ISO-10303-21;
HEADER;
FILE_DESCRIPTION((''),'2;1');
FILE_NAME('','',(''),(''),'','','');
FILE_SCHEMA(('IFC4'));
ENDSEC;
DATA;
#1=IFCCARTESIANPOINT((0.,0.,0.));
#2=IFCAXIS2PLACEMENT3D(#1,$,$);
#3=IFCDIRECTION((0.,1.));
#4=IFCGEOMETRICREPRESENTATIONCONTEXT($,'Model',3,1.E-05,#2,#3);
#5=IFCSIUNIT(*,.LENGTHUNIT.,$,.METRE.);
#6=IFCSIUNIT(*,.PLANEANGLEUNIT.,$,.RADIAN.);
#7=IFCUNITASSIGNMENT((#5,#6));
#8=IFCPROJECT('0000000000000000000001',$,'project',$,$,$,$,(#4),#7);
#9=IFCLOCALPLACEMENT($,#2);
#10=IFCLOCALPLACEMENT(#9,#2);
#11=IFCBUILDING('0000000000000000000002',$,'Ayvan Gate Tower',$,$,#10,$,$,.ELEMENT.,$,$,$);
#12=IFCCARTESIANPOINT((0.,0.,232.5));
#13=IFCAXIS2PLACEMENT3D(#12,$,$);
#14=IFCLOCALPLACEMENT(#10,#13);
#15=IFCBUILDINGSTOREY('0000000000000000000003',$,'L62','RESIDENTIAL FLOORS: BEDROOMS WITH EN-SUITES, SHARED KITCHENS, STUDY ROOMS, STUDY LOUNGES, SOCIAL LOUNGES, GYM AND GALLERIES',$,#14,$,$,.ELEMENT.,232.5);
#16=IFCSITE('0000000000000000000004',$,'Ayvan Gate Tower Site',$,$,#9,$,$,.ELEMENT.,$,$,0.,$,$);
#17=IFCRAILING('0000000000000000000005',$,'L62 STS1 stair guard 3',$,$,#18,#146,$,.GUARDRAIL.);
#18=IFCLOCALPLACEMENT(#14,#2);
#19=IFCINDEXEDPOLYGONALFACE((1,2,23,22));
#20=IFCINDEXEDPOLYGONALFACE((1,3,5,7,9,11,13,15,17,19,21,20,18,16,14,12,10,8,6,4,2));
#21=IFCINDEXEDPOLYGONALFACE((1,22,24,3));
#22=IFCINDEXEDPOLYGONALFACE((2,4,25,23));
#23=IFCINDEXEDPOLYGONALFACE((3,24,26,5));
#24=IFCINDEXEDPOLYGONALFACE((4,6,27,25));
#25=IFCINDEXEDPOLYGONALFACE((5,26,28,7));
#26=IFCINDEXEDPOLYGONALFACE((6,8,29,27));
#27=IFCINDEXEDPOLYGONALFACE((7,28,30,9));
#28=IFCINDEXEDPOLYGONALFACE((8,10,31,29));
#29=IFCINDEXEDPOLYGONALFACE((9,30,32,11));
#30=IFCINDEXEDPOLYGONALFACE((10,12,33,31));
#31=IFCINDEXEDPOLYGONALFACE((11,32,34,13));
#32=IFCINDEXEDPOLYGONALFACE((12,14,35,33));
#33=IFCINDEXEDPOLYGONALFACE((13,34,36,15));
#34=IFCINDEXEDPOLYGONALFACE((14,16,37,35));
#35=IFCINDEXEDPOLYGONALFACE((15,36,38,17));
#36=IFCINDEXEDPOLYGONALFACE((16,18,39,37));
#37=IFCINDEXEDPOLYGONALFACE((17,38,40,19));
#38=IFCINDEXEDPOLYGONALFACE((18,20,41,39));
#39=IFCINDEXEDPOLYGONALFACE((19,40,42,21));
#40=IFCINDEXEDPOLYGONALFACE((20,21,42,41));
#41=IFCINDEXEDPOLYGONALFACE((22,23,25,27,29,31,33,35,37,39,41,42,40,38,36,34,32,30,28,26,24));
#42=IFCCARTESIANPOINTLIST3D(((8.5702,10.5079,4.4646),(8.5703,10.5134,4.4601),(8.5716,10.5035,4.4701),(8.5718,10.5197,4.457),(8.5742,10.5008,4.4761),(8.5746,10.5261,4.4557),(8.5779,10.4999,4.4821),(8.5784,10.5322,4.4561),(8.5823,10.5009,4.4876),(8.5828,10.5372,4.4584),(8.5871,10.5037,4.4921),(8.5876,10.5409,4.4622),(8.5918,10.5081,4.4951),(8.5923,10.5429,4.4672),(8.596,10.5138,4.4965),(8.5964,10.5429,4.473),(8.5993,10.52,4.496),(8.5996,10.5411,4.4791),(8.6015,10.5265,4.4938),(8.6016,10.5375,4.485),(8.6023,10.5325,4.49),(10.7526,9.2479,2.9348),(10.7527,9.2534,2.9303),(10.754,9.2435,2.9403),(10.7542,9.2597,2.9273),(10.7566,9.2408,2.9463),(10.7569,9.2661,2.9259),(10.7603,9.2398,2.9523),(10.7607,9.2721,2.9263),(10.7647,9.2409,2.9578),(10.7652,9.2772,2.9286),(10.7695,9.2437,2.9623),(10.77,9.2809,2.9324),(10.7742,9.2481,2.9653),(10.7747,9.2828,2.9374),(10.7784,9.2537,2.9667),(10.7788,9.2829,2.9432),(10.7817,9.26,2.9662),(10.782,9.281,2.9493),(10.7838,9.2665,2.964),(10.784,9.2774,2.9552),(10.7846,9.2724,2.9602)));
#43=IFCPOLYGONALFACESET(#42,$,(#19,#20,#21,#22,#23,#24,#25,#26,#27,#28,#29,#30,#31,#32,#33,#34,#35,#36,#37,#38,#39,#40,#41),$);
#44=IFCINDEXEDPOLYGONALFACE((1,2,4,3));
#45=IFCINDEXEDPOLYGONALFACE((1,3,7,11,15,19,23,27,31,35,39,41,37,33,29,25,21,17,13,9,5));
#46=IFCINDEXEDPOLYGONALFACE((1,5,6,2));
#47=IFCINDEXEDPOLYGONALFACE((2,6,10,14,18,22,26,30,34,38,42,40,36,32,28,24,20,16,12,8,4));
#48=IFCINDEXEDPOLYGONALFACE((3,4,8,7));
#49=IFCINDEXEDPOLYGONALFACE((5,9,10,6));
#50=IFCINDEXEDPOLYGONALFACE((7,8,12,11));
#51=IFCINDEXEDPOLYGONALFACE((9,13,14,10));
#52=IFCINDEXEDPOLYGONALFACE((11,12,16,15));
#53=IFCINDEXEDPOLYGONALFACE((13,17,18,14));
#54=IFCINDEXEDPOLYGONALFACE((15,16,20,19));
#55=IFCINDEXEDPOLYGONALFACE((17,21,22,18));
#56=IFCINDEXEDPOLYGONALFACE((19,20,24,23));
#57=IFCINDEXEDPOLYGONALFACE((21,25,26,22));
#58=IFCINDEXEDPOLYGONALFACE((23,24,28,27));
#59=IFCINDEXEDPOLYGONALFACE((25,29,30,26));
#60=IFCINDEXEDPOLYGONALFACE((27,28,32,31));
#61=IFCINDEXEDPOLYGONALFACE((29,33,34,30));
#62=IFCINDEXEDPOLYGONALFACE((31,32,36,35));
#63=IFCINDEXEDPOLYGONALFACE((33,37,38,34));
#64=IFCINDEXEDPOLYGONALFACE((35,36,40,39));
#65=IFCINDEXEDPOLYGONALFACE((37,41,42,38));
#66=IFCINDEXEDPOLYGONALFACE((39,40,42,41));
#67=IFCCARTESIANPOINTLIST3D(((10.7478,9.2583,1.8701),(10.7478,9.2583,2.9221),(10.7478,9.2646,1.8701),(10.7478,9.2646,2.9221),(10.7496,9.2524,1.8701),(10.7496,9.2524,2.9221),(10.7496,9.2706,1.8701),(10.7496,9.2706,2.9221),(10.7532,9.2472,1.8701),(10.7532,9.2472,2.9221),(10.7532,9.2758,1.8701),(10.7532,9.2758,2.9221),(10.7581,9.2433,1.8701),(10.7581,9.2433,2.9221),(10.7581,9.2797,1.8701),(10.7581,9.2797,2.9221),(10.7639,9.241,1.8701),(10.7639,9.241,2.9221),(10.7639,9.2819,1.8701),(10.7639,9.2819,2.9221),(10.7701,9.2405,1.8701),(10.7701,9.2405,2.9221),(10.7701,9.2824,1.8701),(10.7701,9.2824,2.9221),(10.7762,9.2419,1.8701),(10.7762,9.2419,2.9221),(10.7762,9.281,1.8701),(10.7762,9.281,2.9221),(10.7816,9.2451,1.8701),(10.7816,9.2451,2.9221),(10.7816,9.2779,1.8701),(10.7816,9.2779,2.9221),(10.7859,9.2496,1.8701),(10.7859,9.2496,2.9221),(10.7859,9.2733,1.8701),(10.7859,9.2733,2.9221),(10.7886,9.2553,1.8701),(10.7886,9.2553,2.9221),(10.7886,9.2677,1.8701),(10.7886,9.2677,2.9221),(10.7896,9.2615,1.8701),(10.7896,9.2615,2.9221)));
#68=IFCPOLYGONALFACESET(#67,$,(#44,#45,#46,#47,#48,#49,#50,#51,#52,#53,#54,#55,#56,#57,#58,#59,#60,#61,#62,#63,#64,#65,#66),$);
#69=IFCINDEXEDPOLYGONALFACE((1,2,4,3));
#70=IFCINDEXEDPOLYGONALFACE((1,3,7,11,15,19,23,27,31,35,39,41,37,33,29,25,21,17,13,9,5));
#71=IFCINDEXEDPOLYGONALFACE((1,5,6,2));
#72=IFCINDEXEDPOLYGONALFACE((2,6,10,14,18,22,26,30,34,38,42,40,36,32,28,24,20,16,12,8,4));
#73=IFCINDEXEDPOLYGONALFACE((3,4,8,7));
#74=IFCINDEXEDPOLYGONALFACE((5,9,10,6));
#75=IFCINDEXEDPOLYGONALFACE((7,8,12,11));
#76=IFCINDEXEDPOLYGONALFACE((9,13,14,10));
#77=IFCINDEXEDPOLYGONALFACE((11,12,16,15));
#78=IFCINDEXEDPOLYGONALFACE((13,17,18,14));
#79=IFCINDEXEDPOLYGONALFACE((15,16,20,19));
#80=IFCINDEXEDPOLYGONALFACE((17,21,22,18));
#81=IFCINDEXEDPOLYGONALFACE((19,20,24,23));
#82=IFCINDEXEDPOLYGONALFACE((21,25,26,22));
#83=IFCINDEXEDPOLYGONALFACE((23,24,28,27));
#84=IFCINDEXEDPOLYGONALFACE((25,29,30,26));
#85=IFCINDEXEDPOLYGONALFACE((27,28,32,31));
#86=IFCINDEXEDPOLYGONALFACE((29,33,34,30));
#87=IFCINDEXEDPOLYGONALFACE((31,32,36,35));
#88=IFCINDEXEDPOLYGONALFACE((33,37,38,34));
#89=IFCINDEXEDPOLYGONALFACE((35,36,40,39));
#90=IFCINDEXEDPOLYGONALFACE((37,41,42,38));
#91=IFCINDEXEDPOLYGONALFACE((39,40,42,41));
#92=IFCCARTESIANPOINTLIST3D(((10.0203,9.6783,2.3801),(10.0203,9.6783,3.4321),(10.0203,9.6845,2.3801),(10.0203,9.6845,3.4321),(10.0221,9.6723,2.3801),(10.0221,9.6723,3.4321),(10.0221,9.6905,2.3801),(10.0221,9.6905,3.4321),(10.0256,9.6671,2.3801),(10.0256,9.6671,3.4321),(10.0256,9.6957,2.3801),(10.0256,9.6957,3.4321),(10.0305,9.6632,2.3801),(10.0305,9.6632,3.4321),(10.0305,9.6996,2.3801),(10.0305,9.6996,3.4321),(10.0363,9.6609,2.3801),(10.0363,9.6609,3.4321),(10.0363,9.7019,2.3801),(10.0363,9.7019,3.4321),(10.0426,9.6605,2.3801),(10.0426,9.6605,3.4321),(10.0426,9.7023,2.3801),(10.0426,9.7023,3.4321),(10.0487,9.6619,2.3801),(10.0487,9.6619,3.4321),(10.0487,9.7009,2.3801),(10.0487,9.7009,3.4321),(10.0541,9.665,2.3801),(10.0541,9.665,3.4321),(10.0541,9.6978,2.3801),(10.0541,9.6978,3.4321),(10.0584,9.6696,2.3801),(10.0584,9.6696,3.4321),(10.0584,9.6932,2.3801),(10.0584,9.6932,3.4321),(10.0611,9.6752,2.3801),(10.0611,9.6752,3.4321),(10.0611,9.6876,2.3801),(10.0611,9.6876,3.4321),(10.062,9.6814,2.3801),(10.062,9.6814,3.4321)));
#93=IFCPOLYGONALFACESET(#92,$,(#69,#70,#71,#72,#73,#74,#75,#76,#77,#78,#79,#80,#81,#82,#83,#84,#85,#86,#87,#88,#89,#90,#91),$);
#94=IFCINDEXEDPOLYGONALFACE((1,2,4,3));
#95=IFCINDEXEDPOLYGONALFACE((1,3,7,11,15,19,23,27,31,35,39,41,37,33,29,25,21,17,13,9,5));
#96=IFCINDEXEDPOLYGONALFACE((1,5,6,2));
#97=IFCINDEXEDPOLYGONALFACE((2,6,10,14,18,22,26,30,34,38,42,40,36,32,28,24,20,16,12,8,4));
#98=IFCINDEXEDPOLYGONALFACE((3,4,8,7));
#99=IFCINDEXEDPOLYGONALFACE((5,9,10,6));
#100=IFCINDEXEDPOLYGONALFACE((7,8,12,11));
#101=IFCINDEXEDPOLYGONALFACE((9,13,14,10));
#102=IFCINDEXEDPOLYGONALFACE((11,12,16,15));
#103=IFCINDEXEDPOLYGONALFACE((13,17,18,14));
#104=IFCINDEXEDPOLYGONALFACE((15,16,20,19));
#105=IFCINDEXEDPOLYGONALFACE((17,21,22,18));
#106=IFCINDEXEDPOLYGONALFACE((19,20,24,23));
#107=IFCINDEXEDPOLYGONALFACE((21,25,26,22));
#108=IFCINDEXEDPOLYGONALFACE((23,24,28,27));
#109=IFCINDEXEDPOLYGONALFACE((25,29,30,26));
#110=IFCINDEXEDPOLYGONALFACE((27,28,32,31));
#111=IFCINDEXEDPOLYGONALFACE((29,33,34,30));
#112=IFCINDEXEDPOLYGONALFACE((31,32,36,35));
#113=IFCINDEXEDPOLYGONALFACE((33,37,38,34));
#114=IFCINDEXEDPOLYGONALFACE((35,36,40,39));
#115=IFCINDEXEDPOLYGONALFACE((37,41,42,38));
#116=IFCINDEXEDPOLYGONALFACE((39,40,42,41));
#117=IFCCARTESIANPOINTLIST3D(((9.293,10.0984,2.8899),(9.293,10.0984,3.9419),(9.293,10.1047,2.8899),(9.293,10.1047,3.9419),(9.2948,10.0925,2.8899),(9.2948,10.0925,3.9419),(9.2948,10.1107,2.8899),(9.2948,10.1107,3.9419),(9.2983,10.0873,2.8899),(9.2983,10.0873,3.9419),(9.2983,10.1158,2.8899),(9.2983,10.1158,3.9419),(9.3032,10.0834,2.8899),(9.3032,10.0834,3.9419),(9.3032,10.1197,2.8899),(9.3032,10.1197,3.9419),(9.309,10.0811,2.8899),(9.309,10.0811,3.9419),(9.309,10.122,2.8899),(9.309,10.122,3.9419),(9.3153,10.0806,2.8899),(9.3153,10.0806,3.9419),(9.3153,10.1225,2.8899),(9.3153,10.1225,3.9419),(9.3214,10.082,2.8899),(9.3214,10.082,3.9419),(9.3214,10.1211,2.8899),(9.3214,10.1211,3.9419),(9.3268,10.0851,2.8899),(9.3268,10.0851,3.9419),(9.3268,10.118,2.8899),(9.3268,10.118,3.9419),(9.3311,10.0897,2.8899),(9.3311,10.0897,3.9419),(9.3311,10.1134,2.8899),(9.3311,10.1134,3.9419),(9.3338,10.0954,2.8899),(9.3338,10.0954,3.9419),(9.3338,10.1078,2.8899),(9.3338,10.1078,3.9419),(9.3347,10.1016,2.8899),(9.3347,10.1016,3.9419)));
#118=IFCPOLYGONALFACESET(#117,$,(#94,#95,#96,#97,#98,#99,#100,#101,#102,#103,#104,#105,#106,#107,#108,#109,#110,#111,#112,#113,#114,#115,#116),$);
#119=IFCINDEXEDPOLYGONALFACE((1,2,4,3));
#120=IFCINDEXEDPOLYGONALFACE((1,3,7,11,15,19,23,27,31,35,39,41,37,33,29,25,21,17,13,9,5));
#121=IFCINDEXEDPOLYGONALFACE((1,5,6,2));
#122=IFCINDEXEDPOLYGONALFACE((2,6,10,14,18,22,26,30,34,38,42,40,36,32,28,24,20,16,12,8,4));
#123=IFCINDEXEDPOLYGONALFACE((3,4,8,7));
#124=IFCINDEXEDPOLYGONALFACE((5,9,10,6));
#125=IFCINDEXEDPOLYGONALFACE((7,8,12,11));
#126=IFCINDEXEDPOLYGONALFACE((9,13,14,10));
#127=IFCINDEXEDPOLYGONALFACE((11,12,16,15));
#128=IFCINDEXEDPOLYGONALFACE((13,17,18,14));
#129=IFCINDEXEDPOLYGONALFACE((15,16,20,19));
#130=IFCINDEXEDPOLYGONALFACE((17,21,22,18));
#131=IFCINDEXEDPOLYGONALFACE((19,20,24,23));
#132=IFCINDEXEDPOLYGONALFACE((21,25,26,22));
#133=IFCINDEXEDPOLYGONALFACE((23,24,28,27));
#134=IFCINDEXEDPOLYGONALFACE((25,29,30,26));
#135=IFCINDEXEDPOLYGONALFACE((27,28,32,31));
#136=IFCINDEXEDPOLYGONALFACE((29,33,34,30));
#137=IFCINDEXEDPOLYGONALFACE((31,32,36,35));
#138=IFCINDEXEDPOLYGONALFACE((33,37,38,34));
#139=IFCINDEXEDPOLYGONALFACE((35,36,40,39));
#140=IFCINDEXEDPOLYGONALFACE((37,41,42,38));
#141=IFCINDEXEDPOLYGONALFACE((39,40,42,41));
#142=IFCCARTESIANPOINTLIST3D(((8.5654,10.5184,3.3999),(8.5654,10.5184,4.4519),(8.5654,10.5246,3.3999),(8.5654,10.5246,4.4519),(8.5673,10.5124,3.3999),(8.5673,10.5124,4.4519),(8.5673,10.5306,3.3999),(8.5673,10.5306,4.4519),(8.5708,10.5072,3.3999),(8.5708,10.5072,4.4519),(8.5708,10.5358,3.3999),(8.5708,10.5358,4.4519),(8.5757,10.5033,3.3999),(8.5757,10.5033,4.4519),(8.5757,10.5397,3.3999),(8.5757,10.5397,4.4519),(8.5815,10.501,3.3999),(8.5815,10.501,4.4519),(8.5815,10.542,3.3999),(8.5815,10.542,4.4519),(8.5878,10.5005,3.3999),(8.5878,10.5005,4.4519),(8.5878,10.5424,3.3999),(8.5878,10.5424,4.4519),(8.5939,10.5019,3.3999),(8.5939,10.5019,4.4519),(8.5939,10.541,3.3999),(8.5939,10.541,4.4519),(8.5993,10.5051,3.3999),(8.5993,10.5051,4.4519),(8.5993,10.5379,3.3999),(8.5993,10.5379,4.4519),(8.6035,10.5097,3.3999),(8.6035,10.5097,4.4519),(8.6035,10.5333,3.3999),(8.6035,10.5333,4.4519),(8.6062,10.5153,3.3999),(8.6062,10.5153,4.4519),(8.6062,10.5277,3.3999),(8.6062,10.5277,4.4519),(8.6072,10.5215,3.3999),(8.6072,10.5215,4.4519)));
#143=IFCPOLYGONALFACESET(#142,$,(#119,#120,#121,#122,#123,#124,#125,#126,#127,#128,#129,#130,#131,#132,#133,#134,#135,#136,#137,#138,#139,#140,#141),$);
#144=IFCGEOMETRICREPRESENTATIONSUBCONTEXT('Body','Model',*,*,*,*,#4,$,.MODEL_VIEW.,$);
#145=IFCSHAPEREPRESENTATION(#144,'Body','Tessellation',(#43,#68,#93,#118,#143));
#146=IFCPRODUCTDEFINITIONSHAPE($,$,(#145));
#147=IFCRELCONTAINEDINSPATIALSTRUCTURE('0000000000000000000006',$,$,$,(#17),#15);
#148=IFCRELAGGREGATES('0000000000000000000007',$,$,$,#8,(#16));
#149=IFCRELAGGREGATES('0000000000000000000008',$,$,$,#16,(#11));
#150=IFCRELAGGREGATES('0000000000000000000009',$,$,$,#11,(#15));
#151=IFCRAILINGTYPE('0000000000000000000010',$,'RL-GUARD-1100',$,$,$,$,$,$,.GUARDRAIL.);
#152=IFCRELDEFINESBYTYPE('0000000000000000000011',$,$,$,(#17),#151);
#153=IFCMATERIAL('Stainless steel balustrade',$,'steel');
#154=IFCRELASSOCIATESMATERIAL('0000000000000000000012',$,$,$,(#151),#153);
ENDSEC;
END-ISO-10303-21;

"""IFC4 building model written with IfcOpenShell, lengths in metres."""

from ifc_helpers import new_model, si_unit, direction, frame, origin, origin_2d, place, context, subcontext, project, spatial, circle, extrude, material, type_object, element, save


model = new_model("IFC4")

# Units and contexts
model_context = context("Model", 3, precision=1e-05, world=origin(), true_north=direction((0.0, 1.0)))
body_context = subcontext(model_context, "Body", "Model", "MODEL_VIEW")
ifc_project = project(units=[si_unit("LENGTHUNIT", "METRE"), si_unit("PLANEANGLEUNIT", "RADIAN")], contexts=[model_context])

# Site, building, storey
site_placement = place(None, origin())
site = spatial("IfcSite", under=ifc_project, at=site_placement, Name="Ayvan Gate Tower Site", CompositionType="ELEMENT", RefElevation=0.0)
building_placement = place(site_placement, origin())
building = spatial("IfcBuilding", under=site, at=building_placement, Name="Ayvan Gate Tower", CompositionType="ELEMENT")
storey_placement = place(building_placement, frame((0.0, 0.0, 232.5)))
storey = spatial("IfcBuildingStorey", under=building, at=storey_placement, Name="L62", Description="RESIDENTIAL FLOORS: BEDROOMS WITH EN-SUITES, SHARED KITCHENS, STUDY ROOMS, STUDY LOUNGES, SOCIAL LOUNGES, GYM AND GALLERIES", CompositionType="ELEMENT", Elevation=232.5)

# Railing
ifc_material_1 = material(Name="Stainless steel balustrade", Category="steel")
railing_type_1 = type_object("IfcRailingType", Name="RL-GUARD-1100", PredefinedType="GUARDRAIL", material=ifc_material_1)
railing_1_placement = place(storey_placement, frame((10.7686, 9.2615, 1.8701)))
element("IfcRailing", 1, at=railing_1_placement, inside=storey, type_object=railing_type_1, Name="L62 STS1 stair guard 3", PredefinedType="GUARDRAIL", context=body_context, shape_type="SweptSolid", body=[
    extrude(circle(Radius=0.0239, at=origin_2d()), frame((0.0, 0.0, 1.0762), z_axis=(-0.740293, 0.427414, 0.518926), x_axis=(-0.500005, -0.866023, 0.0)), (0.0, 0.0, 1.0), 2.948),
    extrude(circle(Radius=0.021, at=origin_2d()), origin(), (0.0, 0.0, 1.0), 1.052),
    extrude(circle(Radius=0.021, at=origin_2d()), frame((-0.7275, 0.4199, 0.51)), (0.0, 0.0, 1.0), 1.052),
    extrude(circle(Radius=0.021, at=origin_2d()), frame((-1.4548, 0.8401, 1.0198)), (0.0, 0.0, 1.0), 1.052),
    extrude(circle(Radius=0.021, at=origin_2d()), frame((-2.1824, 1.26, 1.5298)), (0.0, 0.0, 1.0), 1.052),
])

save(model, "model.ifc")
